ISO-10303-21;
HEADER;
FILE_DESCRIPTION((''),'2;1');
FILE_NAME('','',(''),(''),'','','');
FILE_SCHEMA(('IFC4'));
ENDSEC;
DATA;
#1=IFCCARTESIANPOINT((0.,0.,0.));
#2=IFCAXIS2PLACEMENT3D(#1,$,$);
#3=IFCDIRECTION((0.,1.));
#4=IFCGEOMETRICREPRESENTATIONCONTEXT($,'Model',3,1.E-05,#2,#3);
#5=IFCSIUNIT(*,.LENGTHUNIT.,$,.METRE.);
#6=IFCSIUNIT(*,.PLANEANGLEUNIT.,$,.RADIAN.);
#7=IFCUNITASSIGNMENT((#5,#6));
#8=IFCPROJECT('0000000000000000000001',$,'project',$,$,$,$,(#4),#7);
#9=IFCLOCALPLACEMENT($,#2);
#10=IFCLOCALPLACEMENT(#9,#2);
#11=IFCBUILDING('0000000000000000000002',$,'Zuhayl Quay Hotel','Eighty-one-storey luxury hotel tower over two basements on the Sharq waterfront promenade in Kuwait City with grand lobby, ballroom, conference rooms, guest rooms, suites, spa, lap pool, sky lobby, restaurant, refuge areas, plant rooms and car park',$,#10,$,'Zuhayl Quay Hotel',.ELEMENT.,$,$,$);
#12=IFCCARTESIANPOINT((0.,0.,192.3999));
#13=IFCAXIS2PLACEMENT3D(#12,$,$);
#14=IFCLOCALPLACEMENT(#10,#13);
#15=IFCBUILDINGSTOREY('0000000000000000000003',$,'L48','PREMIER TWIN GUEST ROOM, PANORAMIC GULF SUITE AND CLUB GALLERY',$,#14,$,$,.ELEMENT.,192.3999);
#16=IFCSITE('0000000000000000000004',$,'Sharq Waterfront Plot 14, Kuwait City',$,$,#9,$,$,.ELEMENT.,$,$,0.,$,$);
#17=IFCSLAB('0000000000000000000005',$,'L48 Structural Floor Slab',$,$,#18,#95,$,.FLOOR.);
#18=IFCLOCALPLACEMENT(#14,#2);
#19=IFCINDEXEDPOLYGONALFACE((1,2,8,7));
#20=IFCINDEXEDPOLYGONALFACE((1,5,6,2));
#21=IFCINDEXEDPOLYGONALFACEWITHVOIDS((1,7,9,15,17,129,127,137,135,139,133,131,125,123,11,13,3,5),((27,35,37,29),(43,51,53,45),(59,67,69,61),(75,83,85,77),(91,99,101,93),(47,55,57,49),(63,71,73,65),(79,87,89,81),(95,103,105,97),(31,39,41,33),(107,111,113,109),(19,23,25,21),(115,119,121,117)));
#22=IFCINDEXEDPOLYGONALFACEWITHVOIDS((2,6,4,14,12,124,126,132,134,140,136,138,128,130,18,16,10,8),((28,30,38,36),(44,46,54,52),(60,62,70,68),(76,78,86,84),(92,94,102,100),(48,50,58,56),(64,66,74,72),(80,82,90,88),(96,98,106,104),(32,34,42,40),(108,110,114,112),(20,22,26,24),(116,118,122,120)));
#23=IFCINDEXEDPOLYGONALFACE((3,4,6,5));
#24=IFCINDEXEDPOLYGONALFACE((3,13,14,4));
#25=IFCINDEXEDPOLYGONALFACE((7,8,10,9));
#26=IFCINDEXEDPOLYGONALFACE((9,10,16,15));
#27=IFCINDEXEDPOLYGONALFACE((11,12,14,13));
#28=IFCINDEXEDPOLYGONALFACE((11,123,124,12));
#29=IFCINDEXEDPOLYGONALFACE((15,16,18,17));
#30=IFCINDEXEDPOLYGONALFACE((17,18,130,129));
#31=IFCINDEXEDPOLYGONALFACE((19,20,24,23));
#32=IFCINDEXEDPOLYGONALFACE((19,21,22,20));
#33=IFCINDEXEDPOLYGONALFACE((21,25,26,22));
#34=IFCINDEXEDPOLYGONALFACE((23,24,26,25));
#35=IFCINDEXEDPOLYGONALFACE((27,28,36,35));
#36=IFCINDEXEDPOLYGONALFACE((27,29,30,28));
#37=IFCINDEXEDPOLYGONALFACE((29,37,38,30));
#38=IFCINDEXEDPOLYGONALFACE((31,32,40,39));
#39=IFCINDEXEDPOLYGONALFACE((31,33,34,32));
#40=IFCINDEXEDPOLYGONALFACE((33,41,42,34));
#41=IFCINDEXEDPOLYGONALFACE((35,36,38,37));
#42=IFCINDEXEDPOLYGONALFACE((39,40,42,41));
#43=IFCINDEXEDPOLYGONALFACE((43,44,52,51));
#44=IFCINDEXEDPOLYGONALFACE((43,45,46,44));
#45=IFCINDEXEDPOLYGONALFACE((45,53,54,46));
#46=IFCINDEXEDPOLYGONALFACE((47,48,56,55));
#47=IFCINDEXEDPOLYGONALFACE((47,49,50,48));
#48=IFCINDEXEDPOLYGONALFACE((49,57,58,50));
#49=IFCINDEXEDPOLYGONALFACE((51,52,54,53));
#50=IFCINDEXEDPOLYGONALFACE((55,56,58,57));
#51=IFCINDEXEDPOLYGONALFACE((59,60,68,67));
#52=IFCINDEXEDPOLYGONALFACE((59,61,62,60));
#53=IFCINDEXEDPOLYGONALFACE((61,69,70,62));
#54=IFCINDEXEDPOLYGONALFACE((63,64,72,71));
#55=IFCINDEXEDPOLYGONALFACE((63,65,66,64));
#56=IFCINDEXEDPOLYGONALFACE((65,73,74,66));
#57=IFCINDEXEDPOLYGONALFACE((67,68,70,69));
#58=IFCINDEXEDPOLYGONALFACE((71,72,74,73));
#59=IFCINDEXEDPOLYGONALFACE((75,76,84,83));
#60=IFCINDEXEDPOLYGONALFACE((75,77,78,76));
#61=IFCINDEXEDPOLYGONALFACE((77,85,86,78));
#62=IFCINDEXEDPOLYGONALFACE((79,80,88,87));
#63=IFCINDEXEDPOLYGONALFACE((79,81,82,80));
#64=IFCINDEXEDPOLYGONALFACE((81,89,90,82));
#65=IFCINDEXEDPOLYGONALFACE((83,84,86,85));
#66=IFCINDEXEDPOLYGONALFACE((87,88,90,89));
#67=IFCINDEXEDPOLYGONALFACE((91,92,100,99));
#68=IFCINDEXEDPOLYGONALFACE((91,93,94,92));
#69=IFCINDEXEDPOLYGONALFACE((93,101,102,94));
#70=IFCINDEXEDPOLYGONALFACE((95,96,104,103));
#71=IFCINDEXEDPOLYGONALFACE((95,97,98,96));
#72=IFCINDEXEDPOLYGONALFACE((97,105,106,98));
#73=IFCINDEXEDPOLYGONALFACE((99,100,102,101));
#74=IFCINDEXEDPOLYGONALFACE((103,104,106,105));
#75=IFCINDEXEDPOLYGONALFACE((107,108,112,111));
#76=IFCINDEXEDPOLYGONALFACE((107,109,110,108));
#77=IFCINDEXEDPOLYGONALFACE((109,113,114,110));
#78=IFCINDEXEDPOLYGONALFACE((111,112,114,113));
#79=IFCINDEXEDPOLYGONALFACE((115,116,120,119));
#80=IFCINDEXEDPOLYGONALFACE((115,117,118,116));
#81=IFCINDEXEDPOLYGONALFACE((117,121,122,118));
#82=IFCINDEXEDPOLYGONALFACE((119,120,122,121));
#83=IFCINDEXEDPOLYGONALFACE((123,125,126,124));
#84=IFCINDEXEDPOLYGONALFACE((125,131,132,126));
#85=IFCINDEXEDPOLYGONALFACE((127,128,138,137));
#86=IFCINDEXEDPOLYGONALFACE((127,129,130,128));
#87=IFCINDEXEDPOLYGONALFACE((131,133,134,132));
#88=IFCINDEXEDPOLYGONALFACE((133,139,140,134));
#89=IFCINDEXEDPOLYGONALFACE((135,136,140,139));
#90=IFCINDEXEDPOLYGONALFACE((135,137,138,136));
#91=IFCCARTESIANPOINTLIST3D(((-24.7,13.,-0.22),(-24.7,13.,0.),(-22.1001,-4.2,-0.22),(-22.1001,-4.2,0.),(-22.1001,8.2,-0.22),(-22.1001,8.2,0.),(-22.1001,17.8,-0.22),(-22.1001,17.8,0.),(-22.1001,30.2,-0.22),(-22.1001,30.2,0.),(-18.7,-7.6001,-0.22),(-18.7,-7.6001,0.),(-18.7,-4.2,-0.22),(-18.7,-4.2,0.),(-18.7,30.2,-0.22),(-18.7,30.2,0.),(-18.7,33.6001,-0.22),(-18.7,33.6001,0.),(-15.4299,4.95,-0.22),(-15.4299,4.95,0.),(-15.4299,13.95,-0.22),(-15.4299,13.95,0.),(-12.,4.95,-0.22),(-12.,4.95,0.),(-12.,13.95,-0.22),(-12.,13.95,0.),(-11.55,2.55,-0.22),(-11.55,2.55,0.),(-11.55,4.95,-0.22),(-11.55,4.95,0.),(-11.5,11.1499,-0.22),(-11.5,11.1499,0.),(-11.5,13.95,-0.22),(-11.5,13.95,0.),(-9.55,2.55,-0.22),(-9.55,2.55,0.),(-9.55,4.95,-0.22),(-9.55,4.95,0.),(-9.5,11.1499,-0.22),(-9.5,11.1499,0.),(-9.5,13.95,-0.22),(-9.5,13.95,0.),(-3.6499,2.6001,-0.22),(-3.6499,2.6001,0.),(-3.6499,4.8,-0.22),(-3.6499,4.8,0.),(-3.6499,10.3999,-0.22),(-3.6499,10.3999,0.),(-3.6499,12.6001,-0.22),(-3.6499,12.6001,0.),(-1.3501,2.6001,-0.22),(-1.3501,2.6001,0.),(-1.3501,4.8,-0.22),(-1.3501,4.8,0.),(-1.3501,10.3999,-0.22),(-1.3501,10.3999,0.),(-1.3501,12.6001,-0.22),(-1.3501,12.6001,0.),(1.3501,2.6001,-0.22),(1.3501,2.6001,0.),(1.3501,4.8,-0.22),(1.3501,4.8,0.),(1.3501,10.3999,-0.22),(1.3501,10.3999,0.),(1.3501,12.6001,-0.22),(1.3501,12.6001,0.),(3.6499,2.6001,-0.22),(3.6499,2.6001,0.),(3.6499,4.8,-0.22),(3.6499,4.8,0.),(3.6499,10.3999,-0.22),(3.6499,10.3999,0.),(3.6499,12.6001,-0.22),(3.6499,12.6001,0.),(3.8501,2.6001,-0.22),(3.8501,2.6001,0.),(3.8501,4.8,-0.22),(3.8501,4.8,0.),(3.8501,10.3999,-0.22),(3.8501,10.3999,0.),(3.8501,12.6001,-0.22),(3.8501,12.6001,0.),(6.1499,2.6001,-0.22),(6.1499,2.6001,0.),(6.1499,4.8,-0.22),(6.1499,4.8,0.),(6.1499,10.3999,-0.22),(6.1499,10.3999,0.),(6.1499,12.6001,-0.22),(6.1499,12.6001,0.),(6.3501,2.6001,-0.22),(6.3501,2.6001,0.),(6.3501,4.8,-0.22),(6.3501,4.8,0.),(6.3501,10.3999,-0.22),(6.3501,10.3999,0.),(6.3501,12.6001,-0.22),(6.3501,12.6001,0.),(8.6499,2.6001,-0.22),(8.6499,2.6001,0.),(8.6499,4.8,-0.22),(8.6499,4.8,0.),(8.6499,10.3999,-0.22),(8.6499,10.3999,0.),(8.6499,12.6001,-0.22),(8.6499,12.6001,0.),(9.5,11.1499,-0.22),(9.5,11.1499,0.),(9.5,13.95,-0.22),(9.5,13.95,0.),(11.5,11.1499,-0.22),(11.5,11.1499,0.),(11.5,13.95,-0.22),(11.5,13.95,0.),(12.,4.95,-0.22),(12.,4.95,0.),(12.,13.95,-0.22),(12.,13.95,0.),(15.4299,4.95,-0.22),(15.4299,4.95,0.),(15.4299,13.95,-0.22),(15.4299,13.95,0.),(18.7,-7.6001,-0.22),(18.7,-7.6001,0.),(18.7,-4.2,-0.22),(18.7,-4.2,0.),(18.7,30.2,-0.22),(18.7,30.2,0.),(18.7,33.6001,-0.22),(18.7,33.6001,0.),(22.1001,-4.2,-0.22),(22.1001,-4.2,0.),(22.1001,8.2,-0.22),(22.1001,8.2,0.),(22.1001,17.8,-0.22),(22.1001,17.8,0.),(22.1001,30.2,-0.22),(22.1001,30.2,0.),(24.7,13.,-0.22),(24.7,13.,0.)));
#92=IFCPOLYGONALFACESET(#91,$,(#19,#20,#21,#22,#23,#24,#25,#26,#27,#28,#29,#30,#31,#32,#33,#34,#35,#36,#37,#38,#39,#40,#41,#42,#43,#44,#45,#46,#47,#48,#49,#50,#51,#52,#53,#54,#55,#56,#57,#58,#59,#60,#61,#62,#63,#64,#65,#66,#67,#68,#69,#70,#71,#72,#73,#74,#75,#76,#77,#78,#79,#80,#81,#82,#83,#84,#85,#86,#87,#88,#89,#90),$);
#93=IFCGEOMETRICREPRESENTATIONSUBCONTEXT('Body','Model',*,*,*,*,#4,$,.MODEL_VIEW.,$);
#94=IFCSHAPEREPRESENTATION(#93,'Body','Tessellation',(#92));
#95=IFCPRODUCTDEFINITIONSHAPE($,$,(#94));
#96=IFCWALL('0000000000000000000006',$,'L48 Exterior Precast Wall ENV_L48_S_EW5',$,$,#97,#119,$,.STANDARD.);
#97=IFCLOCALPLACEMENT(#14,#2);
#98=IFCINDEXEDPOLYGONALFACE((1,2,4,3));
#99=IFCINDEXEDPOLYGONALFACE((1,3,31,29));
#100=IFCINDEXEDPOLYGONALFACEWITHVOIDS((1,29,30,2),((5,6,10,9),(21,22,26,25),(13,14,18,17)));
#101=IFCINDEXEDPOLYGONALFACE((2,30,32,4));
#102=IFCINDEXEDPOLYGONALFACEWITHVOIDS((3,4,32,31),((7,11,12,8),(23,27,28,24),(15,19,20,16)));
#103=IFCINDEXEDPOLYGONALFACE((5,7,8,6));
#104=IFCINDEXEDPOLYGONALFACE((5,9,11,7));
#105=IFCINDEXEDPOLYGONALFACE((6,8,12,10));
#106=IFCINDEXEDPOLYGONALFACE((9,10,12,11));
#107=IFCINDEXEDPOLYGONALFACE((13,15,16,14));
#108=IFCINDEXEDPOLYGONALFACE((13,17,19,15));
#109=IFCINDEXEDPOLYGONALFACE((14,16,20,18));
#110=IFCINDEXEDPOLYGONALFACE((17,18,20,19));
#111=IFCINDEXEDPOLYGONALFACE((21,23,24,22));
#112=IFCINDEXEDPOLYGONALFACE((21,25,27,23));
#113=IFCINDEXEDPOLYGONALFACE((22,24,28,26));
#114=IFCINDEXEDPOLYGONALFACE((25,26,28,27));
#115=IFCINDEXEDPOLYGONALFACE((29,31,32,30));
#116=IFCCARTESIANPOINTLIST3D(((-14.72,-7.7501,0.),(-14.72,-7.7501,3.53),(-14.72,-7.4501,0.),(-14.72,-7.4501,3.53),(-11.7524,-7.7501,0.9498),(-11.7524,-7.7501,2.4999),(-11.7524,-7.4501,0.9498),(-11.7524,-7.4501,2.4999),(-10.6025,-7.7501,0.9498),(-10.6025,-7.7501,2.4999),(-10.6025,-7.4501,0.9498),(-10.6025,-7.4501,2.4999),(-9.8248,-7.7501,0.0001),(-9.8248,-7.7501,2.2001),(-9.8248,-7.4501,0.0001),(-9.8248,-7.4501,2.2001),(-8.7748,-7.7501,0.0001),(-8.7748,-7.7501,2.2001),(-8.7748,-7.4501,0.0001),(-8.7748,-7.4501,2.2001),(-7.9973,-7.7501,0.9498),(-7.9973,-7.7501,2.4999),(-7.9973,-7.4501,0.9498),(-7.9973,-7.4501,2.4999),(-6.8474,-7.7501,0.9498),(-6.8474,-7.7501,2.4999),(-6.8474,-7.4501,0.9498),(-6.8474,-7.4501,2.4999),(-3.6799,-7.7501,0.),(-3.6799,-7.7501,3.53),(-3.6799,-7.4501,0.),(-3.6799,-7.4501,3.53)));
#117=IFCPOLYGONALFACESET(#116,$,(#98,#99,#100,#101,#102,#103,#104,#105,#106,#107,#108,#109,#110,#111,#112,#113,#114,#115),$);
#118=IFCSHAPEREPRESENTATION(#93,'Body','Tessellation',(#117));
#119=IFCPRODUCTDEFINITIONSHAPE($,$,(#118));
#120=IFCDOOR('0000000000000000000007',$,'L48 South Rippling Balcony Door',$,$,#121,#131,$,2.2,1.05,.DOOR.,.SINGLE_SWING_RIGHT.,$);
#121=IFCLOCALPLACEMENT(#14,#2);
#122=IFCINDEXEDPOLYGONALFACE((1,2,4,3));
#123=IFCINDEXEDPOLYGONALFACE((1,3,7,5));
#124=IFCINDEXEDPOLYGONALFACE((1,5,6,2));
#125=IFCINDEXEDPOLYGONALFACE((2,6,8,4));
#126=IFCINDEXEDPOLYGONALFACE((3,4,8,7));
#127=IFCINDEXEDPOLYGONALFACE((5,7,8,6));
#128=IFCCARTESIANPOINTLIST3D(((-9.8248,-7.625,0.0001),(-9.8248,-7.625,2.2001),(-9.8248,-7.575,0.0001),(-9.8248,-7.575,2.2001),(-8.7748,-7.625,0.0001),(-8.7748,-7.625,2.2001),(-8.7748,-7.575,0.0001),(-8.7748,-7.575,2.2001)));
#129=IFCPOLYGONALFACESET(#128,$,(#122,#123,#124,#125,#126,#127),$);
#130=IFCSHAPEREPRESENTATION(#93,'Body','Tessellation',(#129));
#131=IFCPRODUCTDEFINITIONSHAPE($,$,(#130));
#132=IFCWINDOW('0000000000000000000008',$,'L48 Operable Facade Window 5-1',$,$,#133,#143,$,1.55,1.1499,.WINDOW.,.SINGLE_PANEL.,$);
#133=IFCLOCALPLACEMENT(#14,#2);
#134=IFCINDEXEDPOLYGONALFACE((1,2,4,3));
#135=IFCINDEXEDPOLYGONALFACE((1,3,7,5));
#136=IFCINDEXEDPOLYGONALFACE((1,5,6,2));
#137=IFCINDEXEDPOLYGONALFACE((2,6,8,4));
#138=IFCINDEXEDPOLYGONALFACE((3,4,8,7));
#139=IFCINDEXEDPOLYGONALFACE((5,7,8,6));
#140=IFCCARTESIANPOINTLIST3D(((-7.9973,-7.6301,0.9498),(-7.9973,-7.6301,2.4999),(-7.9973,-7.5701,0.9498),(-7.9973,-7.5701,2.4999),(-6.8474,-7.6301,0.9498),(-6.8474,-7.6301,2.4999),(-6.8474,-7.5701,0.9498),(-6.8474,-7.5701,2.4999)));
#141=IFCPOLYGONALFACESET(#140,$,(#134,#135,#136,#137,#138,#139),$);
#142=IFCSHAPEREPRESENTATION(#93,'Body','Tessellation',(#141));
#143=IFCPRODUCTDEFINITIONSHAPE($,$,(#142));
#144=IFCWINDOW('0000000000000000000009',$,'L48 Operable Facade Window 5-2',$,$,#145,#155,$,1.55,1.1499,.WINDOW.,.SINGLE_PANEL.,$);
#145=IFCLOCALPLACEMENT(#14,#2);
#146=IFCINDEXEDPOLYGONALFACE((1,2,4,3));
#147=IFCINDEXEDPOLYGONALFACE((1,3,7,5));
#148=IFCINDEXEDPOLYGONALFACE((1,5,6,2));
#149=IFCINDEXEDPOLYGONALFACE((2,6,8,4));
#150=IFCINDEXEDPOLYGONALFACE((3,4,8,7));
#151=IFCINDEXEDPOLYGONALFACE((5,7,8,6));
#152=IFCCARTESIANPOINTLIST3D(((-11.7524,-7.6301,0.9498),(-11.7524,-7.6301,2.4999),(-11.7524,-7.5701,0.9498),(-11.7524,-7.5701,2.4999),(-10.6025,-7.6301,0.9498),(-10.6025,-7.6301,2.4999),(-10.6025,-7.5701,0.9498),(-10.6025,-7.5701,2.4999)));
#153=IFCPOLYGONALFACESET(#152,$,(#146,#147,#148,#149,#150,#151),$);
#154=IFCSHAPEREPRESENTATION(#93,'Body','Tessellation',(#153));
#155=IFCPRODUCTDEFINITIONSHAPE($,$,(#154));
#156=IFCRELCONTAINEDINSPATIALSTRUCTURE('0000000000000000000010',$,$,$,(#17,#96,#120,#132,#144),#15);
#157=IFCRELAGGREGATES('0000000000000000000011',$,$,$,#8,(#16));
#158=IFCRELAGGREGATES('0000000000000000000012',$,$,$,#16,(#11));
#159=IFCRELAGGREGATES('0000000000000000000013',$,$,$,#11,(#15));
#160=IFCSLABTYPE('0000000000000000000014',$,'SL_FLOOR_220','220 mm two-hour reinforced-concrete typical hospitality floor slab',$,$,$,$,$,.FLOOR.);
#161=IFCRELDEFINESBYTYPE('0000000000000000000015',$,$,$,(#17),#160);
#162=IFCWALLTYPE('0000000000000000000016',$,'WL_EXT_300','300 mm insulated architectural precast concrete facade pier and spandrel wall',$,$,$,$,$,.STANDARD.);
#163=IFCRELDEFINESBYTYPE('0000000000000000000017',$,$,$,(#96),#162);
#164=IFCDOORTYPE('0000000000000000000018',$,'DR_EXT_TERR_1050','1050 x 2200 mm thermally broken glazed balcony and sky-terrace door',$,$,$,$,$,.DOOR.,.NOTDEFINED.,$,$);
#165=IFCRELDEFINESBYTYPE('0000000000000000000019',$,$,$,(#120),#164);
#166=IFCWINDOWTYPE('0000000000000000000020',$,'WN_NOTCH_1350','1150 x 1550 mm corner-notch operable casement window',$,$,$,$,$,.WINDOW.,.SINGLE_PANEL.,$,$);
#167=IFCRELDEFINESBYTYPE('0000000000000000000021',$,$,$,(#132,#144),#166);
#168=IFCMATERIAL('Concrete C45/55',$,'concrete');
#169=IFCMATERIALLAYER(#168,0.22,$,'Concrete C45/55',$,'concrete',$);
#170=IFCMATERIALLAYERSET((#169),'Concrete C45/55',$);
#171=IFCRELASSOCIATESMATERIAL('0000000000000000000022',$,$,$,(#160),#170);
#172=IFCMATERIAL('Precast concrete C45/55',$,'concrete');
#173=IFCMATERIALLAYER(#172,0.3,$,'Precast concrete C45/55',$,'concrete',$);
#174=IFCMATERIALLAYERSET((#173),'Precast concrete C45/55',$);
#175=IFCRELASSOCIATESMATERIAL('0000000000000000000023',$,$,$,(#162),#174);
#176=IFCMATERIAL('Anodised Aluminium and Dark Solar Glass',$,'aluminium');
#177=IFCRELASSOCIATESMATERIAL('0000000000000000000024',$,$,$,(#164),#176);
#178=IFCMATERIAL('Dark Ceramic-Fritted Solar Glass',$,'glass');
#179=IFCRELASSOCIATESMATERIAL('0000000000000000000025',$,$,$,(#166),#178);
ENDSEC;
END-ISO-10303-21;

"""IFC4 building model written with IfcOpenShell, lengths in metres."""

from ifc_helpers import new_model, si_unit, direction, frame, frame_2d, origin, place, context, subcontext, project, spatial, polyline, rectangle, outline, extrude, material, layer, layer_set, type_object, element, fill, save


model = new_model("IFC4")

# Units and contexts
model_context = context("Model", 3, precision=1e-05, world=origin(), true_north=direction((0.0, 1.0)))
body_context = subcontext(model_context, "Body", "Model", "MODEL_VIEW")
ifc_project = project(units=[si_unit("LENGTHUNIT", "METRE"), si_unit("PLANEANGLEUNIT", "RADIAN")], contexts=[model_context])

# Site, building, storey
site_placement = place(None, origin())
site = spatial("IfcSite", under=ifc_project, at=site_placement, Name="Sharq Waterfront Plot 14, Kuwait City", CompositionType="ELEMENT", RefElevation=0.0)
building_placement = place(site_placement, origin())
building = spatial("IfcBuilding", under=site, at=building_placement, Name="Zuhayl Quay Hotel", Description="Eighty-one-storey luxury hotel tower over two basements on the Sharq waterfront promenade in Kuwait City with grand lobby, ballroom, conference rooms, guest rooms, suites, spa, lap pool, sky lobby, restaurant, refuge areas, plant rooms and car park", LongName="Zuhayl Quay Hotel", CompositionType="ELEMENT")
storey_placement = place(building_placement, frame((0.0, 0.0, 192.3999)))
storey = spatial("IfcBuildingStorey", under=building, at=storey_placement, Name="L48", Description="PREMIER TWIN GUEST ROOM, PANORAMIC GULF SUITE AND CLUB GALLERY", CompositionType="ELEMENT", Elevation=192.3999)

# Shared definitions
ifc_material_1 = material(Name="Dark Ceramic-Fritted Solar Glass", Category="glass")

# Slab
ifc_material_2 = material(Name="Concrete C45/55", Category="concrete")
ifc_layer_1 = layer(ifc_material_2, 0.22, Name="Concrete C45/55", Category="concrete")
ifc_layer_set_1 = layer_set([ifc_layer_1], Name="Concrete C45/55")
slab_type = type_object("IfcSlabType", Name="SL_FLOOR_220", Description="220 mm two-hour reinforced-concrete typical hospitality floor slab", PredefinedType="FLOOR", material=ifc_layer_set_1)
slab_placement = place(storey_placement, frame((0.0, 0.0, -0.22)))
element("IfcSlab", 1, at=slab_placement, inside=storey, type_object=slab_type, Name="L48 Structural Floor Slab", PredefinedType="FLOOR", context=body_context, shape_type="SweptSolid", body=[
    extrude(outline(polyline([(-18.7, -7.6001), (18.7, -7.6001), (18.7, -4.2), (22.1001, -4.2), (22.1001, 8.2), (24.7, 13.0), (22.1001, 17.8), (22.1001, 30.2), (18.7, 30.2), (18.7, 33.6001), (-18.7, 33.6001), (-18.7, 30.2), (-22.1001, 30.2), (-22.1001, 17.8), (-24.7, 13.0), (-22.1001, 8.2), (-22.1001, -4.2), (-18.7, -4.2), (-18.7, -7.6001)]), holes=[polyline([(-12.0, 4.95), (-12.0, 13.95), (-15.4299, 13.95), (-15.4299, 4.95), (-12.0, 4.95)]), polyline([(15.4299, 4.95), (15.4299, 13.95), (12.0, 13.95), (12.0, 4.95), (15.4299, 4.95)]), polyline([(-11.5, 11.1499), (-9.5, 11.1499), (-9.5, 13.95), (-11.5, 13.95), (-11.5, 11.1499)]), polyline([(9.5, 11.1499), (11.5, 11.1499), (11.5, 13.95), (9.5, 13.95), (9.5, 11.1499)]), polyline([(-3.6499, 2.6001), (-1.3501, 2.6001), (-1.3501, 4.8), (-3.6499, 4.8), (-3.6499, 2.6001)]), polyline([(1.3501, 2.6001), (3.6499, 2.6001), (3.6499, 4.8), (1.3501, 4.8), (1.3501, 2.6001)]), polyline([(-3.6499, 10.3999), (-1.3501, 10.3999), (-1.3501, 12.6001), (-3.6499, 12.6001), (-3.6499, 10.3999)]), polyline([(1.3501, 10.3999), (3.6499, 10.3999), (3.6499, 12.6001), (1.3501, 12.6001), (1.3501, 10.3999)]), polyline([(3.8501, 2.6001), (6.1499, 2.6001), (6.1499, 4.8), (3.8501, 4.8), (3.8501, 2.6001)]), polyline([(6.3501, 2.6001), (8.6499, 2.6001), (8.6499, 4.8), (6.3501, 4.8), (6.3501, 2.6001)]), polyline([(3.8501, 10.3999), (6.1499, 10.3999), (6.1499, 12.6001), (3.8501, 12.6001), (3.8501, 10.3999)]), polyline([(6.3501, 10.3999), (8.6499, 10.3999), (8.6499, 12.6001), (6.3501, 12.6001), (6.3501, 10.3999)]), polyline([(-11.55, 2.55), (-9.55, 2.55), (-9.55, 4.95), (-11.55, 4.95), (-11.55, 2.55)])]), origin(), (0.0, 0.0, 1.0), 0.22),
])

# Wall, openings, door, windows
ifc_material_3 = material(Name="Precast concrete C45/55", Category="concrete")
ifc_layer_2 = layer(ifc_material_3, 0.3, Name="Precast concrete C45/55", Category="concrete")
ifc_layer_set_2 = layer_set([ifc_layer_2], Name="Precast concrete C45/55")
wall_type_1 = type_object("IfcWallType", Name="WL_EXT_300", Description="300 mm insulated architectural precast concrete facade pier and spandrel wall", PredefinedType="STANDARD", material=ifc_layer_set_2)
wall_1_placement = place(storey_placement, frame((-3.6799, -7.6001, 0.0), z_axis=(0.0, 0.0, 1.0), x_axis=(-1.0, 0.0, 0.0)))
wall_1 = element("IfcWall", 2, at=wall_1_placement, inside=storey, type_object=wall_type_1, Name="L48 Exterior Precast Wall ENV_L48_S_EW5", PredefinedType="STANDARD", context=body_context, shape_type="SweptSolid", body=[
    extrude(rectangle(XDim=11.04, YDim=0.3, at=frame_2d((5.52, 0.0))), origin(), (0.0, 0.0, 1.0), 3.53),
])
opening_1_placement = place(wall_1_placement, frame((5.095, 0.0, 0.0)))
opening_1 = element("IfcOpeningElement", 3, at=opening_1_placement, cuts=wall_1, PredefinedType="OPENING", context=body_context, shape_type="SweptSolid", body=[
    extrude(rectangle(XDim=1.05, YDim=2.2, at=frame_2d((0.5249, 1.1001))), frame((0.0, 0.1599, 0.0), z_axis=(0.0, -1.0, 0.0), x_axis=(1.0, 0.0, 0.0)), (0.0, 0.0, 1.0), 0.3201),
])
opening_2_placement = place(wall_1_placement, frame((3.1675, 0.0, 0.95)))
opening_2 = element("IfcOpeningElement", 4, at=opening_2_placement, cuts=wall_1, PredefinedType="OPENING", context=body_context, shape_type="SweptSolid", body=[
    extrude(rectangle(XDim=1.1499, YDim=1.55, at=frame_2d((0.575, 0.7749))), frame((0.0, 0.1599, 0.0), z_axis=(0.0, -1.0, 0.0), x_axis=(1.0, 0.0, 0.0)), (0.0, 0.0, 1.0), 0.3201),
])
opening_3_placement = place(wall_1_placement, frame((6.9226, 0.0, 0.95)))
opening_3 = element("IfcOpeningElement", 5, at=opening_3_placement, cuts=wall_1, PredefinedType="OPENING", context=body_context, shape_type="SweptSolid", body=[
    extrude(rectangle(XDim=1.1499, YDim=1.55, at=frame_2d((0.575, 0.7749))), frame((0.0, 0.1599, 0.0), z_axis=(0.0, -1.0, 0.0), x_axis=(1.0, 0.0, 0.0)), (0.0, 0.0, 1.0), 0.3201),
])
ifc_material_4 = material(Name="Anodised Aluminium and Dark Solar Glass", Category="aluminium")
door_type_1 = type_object("IfcDoorType", Name="DR_EXT_TERR_1050", Description="1050 x 2200 mm thermally broken glazed balcony and sky-terrace door", OperationType="NOTDEFINED", PredefinedType="DOOR", material=ifc_material_4)
door_1_placement = place(opening_1_placement, origin())
door_1 = element("IfcDoor", 6, at=door_1_placement, inside=storey, type_object=door_type_1, Name="L48 South Rippling Balcony Door", OperationType="SINGLE_SWING_RIGHT", OverallHeight=2.2, OverallWidth=1.05, PredefinedType="DOOR", context=body_context, shape_type="SweptSolid", body=[
    extrude(rectangle(XDim=1.05, YDim=2.2, at=frame_2d((0.5249, 1.1001))), frame((0.0, 0.0249, 0.0), z_axis=(0.0, -1.0, 0.0), x_axis=(1.0, 0.0, 0.0)), (0.0, 0.0, 1.0), 0.05),
])
fill(opening_1, door_1)
window_type = type_object("IfcWindowType", Name="WN_NOTCH_1350", Description="1150 x 1550 mm corner-notch operable casement window", PartitioningType="SINGLE_PANEL", PredefinedType="WINDOW", material=ifc_material_1)
window_1_placement = place(opening_2_placement, origin())
window_1 = element("IfcWindow", 7, at=window_1_placement, inside=storey, type_object=window_type, Name="L48 Operable Facade Window 5-1", OverallHeight=1.55, OverallWidth=1.1499, PartitioningType="SINGLE_PANEL", PredefinedType="WINDOW", context=body_context, shape_type="SweptSolid", body=[
    extrude(rectangle(XDim=1.1499, YDim=1.55, at=frame_2d((0.575, 0.7749))), frame((0.0, 0.03, 0.0), z_axis=(0.0, -1.0, 0.0), x_axis=(1.0, 0.0, 0.0)), (0.0, 0.0, 1.0), 0.0601),
])
fill(opening_2, window_1)
window_2_placement = place(opening_3_placement, origin())
window_2 = element("IfcWindow", 8, at=window_2_placement, inside=storey, type_object=window_type, Name="L48 Operable Facade Window 5-2", OverallHeight=1.55, OverallWidth=1.1499, PartitioningType="SINGLE_PANEL", PredefinedType="WINDOW", context=body_context, shape_type="SweptSolid", body=[
    extrude(rectangle(XDim=1.1499, YDim=1.55, at=frame_2d((0.575, 0.7749))), frame((0.0, 0.03, 0.0), z_axis=(0.0, -1.0, 0.0), x_axis=(1.0, 0.0, 0.0)), (0.0, 0.0, 1.0), 0.0601),
])
fill(opening_3, window_2)

save(model, "model.ifc")
